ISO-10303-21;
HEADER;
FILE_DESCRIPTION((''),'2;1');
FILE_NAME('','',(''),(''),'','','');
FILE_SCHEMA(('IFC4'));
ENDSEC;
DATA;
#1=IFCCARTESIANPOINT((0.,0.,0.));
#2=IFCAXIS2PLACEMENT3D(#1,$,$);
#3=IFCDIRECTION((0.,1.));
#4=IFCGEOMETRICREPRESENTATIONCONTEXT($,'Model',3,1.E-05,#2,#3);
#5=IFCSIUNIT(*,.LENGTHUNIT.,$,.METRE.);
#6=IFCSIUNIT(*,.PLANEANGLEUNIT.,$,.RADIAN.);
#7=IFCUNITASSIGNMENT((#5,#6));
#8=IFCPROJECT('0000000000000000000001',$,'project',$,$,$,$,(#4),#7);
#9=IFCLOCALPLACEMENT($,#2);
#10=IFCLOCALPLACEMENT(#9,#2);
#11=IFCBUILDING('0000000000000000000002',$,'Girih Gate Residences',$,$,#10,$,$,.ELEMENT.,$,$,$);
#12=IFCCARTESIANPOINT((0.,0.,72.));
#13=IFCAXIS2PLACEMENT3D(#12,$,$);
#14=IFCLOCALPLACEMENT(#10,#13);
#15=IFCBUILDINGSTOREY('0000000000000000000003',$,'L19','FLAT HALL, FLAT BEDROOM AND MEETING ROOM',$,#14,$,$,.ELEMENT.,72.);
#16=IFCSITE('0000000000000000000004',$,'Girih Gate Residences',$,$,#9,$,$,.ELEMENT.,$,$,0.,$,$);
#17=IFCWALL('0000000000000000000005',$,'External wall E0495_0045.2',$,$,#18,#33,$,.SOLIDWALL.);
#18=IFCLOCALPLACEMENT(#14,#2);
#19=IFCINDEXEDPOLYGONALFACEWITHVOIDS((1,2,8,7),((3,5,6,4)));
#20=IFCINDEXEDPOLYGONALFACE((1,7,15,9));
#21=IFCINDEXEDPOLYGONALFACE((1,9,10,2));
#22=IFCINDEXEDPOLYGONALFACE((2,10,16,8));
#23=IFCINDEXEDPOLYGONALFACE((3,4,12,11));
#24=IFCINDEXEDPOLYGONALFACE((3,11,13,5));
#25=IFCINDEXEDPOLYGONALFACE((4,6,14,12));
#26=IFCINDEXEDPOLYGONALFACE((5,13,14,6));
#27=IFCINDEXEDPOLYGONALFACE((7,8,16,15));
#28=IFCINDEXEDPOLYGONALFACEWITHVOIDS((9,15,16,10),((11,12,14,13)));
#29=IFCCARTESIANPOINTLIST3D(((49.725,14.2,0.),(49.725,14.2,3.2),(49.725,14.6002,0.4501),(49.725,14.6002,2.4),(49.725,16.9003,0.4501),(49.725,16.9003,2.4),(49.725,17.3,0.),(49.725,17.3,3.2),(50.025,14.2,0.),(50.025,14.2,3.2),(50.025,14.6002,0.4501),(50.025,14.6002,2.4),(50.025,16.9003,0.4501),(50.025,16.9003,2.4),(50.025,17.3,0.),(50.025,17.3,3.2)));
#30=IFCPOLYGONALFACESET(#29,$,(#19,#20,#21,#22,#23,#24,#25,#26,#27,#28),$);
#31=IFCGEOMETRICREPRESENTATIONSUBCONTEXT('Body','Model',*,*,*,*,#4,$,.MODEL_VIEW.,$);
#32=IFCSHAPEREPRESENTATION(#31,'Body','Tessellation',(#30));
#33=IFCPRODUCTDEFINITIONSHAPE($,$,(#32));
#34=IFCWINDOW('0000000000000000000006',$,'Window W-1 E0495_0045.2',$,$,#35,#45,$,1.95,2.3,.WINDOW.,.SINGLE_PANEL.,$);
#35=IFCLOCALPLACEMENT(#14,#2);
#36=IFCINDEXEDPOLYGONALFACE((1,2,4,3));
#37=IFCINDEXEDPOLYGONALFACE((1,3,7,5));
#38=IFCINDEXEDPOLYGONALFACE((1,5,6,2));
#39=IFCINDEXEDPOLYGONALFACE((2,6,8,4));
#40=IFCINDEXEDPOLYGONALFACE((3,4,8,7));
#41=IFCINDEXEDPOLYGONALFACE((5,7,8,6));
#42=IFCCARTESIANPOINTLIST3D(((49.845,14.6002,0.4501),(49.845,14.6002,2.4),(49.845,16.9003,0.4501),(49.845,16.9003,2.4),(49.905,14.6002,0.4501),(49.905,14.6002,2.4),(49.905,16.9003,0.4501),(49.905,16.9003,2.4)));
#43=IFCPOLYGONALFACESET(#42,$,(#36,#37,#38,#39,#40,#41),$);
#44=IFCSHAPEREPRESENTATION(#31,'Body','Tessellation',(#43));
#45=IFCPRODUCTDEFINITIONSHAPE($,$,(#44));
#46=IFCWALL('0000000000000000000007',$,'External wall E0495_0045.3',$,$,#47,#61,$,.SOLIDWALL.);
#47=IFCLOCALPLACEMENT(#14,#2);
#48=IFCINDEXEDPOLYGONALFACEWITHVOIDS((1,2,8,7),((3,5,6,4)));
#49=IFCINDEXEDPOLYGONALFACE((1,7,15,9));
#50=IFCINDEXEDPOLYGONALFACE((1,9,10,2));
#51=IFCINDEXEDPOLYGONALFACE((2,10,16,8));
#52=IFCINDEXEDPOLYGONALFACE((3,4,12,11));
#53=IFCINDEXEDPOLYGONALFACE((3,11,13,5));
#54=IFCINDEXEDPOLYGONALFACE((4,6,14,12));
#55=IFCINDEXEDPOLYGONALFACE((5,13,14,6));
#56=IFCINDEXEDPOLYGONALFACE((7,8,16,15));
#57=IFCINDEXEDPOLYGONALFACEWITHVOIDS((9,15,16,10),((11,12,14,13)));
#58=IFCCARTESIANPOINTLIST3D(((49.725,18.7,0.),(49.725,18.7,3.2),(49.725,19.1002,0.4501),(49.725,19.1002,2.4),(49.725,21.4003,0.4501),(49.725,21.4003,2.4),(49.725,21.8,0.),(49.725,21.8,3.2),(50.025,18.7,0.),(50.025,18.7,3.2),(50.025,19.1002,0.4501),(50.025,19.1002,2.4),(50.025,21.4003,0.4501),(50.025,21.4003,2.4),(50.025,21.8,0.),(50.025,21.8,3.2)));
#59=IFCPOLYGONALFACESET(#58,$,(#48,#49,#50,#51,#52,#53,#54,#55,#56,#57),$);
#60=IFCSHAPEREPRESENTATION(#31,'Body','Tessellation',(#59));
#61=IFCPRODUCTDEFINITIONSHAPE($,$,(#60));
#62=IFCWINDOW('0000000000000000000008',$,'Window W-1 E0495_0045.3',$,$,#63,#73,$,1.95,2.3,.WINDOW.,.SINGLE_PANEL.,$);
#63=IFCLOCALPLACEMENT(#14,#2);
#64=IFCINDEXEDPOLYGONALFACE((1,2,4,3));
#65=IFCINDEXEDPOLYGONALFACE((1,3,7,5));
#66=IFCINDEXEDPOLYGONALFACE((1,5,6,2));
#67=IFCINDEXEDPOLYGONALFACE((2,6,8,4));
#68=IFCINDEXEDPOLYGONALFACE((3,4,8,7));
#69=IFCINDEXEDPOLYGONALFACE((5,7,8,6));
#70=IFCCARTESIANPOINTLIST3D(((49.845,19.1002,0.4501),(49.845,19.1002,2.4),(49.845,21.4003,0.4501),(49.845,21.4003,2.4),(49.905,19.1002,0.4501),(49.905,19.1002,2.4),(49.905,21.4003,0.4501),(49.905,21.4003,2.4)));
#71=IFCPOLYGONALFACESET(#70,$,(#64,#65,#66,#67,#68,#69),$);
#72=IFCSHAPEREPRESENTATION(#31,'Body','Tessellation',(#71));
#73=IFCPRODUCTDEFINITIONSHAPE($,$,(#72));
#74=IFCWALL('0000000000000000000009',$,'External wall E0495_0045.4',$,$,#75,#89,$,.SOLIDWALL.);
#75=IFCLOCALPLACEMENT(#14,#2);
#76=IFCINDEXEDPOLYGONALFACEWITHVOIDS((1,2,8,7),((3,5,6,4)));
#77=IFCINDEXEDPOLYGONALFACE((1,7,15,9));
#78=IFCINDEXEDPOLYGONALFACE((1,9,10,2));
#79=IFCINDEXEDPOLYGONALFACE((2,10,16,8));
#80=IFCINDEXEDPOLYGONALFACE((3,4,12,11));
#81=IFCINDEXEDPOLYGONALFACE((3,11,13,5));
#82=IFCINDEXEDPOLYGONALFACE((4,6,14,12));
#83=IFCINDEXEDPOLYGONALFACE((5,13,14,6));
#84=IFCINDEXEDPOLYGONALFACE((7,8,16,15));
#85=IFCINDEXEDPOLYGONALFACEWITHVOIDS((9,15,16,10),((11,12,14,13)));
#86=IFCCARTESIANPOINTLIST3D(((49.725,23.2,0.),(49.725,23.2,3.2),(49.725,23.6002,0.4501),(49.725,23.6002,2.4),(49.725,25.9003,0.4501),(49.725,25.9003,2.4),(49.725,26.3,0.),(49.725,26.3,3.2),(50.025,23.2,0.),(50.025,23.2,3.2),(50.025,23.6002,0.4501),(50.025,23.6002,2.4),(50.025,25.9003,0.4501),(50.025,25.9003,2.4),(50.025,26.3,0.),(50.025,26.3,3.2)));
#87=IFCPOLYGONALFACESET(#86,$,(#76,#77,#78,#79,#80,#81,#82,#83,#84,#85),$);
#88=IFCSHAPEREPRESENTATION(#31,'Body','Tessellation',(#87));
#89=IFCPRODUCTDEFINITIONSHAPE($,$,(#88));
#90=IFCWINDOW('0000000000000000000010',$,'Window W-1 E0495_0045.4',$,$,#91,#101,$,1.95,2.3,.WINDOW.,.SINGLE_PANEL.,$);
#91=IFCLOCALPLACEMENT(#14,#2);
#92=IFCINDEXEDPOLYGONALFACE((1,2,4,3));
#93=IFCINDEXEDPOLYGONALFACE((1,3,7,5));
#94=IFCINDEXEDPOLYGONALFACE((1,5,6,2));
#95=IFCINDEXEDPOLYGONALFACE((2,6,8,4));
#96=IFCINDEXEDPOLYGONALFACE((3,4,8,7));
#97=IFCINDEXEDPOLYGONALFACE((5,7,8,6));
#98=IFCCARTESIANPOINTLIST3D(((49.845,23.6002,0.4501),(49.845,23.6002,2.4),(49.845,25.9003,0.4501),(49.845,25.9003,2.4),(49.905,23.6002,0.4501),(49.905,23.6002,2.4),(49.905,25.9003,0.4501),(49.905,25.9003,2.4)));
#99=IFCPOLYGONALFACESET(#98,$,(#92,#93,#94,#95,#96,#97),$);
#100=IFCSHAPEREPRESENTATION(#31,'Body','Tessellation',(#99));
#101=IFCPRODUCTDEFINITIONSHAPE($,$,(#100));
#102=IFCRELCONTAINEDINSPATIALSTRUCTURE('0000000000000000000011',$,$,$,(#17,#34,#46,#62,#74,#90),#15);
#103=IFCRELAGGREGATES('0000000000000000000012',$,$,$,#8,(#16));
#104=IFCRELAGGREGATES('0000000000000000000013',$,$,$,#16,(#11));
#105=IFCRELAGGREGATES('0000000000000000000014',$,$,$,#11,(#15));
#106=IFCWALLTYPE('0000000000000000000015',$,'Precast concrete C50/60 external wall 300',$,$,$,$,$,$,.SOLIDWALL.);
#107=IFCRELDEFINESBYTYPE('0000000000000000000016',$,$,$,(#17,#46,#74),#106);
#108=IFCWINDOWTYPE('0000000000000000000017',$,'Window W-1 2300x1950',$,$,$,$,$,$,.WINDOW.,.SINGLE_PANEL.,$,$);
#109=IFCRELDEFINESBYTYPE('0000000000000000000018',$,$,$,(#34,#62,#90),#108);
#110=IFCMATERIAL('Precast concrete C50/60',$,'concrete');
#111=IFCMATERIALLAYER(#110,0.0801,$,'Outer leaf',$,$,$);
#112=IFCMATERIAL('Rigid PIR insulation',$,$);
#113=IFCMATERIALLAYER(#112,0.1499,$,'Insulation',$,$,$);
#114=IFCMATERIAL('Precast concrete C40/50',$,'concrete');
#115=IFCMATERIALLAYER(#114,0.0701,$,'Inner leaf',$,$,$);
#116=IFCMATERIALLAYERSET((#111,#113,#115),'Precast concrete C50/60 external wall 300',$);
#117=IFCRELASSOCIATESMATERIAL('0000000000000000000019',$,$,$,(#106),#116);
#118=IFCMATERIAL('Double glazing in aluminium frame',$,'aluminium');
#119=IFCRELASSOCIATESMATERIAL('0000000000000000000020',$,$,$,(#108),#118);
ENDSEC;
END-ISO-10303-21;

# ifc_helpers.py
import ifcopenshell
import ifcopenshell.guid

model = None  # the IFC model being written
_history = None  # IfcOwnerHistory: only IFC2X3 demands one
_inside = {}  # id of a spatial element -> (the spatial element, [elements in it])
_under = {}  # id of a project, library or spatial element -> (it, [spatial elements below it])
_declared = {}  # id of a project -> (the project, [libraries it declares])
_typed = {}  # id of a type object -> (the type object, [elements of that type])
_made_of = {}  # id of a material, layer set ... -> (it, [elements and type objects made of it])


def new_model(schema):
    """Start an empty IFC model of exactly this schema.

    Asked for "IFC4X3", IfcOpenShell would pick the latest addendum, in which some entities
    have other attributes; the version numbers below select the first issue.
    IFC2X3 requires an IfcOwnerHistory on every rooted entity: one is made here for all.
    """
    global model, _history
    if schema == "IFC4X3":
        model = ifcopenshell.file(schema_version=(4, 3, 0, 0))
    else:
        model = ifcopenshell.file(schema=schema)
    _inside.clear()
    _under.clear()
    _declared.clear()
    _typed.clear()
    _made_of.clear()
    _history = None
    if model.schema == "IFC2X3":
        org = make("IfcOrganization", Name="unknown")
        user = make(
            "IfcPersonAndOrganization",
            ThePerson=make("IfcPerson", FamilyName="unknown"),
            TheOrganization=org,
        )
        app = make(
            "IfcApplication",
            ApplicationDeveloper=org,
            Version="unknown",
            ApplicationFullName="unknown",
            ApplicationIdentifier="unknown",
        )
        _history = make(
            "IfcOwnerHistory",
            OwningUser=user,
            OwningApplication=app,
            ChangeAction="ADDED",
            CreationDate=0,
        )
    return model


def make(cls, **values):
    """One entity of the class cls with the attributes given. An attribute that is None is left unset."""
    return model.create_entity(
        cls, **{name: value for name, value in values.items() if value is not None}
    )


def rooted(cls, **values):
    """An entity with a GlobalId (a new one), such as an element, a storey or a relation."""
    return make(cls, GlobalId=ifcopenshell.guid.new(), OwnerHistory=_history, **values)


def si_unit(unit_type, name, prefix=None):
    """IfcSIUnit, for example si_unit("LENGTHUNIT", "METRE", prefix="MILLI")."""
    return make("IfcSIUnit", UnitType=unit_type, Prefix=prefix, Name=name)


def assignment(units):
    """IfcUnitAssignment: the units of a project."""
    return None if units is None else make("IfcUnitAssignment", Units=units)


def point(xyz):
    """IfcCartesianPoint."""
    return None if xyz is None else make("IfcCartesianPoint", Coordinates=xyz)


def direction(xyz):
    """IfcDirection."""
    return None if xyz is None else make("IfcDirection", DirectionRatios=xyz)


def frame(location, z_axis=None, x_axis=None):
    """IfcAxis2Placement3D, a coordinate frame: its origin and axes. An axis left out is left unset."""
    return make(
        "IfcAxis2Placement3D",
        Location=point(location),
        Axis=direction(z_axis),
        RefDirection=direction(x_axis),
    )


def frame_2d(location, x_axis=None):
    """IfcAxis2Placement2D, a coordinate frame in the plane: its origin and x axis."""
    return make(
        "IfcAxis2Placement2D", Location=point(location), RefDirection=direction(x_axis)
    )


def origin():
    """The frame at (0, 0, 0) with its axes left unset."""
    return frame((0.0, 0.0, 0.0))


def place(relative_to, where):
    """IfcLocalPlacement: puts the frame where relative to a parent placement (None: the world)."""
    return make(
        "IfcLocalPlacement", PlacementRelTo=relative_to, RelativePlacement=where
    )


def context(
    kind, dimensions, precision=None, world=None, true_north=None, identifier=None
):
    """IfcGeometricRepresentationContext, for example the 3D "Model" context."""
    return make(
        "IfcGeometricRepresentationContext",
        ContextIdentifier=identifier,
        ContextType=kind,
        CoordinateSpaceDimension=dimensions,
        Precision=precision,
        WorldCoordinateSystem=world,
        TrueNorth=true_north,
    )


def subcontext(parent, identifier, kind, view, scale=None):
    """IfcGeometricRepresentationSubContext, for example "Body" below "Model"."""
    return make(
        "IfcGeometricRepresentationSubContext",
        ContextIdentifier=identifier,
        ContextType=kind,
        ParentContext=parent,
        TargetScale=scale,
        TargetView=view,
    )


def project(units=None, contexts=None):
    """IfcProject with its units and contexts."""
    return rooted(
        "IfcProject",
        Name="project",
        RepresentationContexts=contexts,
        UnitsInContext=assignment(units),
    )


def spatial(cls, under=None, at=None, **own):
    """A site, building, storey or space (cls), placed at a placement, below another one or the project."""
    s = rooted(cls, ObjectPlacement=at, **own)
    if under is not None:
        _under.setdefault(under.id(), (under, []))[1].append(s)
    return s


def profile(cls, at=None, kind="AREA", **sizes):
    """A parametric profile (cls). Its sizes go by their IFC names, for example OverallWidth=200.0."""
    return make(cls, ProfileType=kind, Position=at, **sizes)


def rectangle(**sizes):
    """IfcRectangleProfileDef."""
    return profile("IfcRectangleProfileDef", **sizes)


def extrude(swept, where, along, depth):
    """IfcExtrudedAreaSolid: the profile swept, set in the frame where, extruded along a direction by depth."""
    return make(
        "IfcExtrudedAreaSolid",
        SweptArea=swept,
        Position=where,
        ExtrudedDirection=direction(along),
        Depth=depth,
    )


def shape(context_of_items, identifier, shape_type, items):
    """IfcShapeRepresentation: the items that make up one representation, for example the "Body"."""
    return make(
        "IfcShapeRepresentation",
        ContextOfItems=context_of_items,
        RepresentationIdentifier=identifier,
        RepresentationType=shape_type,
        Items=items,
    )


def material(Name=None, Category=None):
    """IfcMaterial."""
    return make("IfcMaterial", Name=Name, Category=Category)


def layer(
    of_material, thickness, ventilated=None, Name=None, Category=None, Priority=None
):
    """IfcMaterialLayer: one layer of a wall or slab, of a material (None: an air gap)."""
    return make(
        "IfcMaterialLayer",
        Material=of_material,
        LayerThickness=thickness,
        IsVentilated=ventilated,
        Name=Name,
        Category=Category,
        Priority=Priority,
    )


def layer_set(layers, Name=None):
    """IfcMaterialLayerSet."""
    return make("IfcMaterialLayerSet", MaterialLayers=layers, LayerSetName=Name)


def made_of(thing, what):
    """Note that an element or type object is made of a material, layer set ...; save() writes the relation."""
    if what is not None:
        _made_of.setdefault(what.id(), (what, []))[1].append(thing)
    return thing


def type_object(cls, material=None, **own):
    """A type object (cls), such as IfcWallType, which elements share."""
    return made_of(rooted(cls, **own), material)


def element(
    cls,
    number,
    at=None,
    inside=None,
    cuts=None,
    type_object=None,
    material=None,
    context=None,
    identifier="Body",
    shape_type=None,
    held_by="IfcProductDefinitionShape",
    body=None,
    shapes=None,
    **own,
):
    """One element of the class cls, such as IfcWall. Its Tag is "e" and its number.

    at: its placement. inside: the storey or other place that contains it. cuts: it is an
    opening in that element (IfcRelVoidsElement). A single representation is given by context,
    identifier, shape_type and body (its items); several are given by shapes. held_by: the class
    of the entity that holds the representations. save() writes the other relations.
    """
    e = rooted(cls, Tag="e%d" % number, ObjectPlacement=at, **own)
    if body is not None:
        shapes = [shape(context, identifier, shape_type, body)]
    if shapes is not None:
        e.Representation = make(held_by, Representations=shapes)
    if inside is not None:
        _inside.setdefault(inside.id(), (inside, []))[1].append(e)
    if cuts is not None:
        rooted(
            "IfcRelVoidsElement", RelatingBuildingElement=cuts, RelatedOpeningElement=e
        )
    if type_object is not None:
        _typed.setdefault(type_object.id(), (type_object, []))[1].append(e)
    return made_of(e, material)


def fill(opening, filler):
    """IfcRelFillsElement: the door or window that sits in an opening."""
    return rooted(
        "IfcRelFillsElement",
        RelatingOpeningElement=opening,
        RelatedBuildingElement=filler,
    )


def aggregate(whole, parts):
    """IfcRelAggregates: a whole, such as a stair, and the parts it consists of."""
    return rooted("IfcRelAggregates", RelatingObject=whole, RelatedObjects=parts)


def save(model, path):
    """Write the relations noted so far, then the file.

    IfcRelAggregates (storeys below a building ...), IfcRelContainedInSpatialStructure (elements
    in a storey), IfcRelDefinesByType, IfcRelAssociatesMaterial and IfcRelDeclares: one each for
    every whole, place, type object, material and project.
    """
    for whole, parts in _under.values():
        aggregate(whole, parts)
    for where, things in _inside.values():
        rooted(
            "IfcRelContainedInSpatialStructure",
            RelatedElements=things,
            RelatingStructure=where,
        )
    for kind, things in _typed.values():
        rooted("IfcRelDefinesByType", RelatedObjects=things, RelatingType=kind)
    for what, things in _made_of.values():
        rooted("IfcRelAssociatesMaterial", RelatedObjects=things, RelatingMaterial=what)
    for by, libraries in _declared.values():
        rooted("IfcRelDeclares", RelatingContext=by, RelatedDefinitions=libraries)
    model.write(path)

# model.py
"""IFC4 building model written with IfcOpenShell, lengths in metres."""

from ifc_helpers import new_model, si_unit, direction, frame, frame_2d, origin, place, context, subcontext, project, spatial, rectangle, extrude, material, layer, layer_set, type_object, element, fill, save


model = new_model("IFC4")

# Units and contexts
model_context = context("Model", 3, precision=1e-05, world=origin(), true_north=direction((0.0, 1.0)))
body_context = subcontext(model_context, "Body", "Model", "MODEL_VIEW")
ifc_project = project(units=[si_unit("LENGTHUNIT", "METRE"), si_unit("PLANEANGLEUNIT", "RADIAN")], contexts=[model_context])

# Site, building, storey
site_placement = place(None, origin())
site = spatial("IfcSite", under=ifc_project, at=site_placement, Name="Girih Gate Residences", CompositionType="ELEMENT", RefElevation=0.0)
building_placement = place(site_placement, origin())
building = spatial("IfcBuilding", under=site, at=building_placement, Name="Girih Gate Residences", CompositionType="ELEMENT")
storey_placement = place(building_placement, frame((0.0, 0.0, 72.0)))
storey = spatial("IfcBuildingStorey", under=building, at=storey_placement, Name="L19", Description="FLAT HALL, FLAT BEDROOM AND MEETING ROOM", CompositionType="ELEMENT", Elevation=72.0)

# Walls, openings, windows
ifc_material_1 = material(Name="Precast concrete C50/60", Category="concrete")
ifc_layer_1 = layer(ifc_material_1, 0.0801, Name="Outer leaf")
ifc_material_2 = material(Name="Rigid PIR insulation")
ifc_layer_2 = layer(ifc_material_2, 0.1499, Name="Insulation")
ifc_material_3 = material(Name="Precast concrete C40/50", Category="concrete")
ifc_layer_3 = layer(ifc_material_3, 0.0701, Name="Inner leaf")
ifc_layer_set_1 = layer_set([ifc_layer_1, ifc_layer_2, ifc_layer_3], Name="Precast concrete C50/60 external wall 300")
wall_type_1 = type_object("IfcWallType", Name="Precast concrete C50/60 external wall 300", PredefinedType="SOLIDWALL", material=ifc_layer_set_1)
wall_1_placement = place(storey_placement, frame((49.875, 17.3, 0.0), z_axis=(0.0, 0.0, 1.0), x_axis=(0.0, -1.0, 0.0)))
wall_1 = element("IfcWall", 1, at=wall_1_placement, inside=storey, type_object=wall_type_1, Name="External wall E0495_0045.2", PredefinedType="SOLIDWALL", context=body_context, shape_type="SweptSolid", body=[
    extrude(rectangle(XDim=3.1001, YDim=0.3, at=frame_2d((1.55, 0.0))), origin(), (0.0, 0.0, 1.0), 3.2),
])
opening_1_placement = place(wall_1_placement, frame((0.3999, 0.0, 0.45)))
opening_1 = element("IfcOpeningElement", 2, at=opening_1_placement, cuts=wall_1, PredefinedType="OPENING", context=body_context, shape_type="SweptSolid", body=[
    extrude(rectangle(XDim=2.3, YDim=1.95, at=frame_2d((1.1499, 0.9751))), frame((0.0, 0.1599, 0.0), z_axis=(0.0, -1.0, 0.0), x_axis=(1.0, 0.0, 0.0)), (0.0, 0.0, 1.0), 0.3201),
])
ifc_material_4 = material(Name="Double glazing in aluminium frame", Category="aluminium")
window_type = type_object("IfcWindowType", Name="Window W-1 2300x1950", PartitioningType="SINGLE_PANEL", PredefinedType="WINDOW", material=ifc_material_4)
window_1_placement = place(opening_1_placement, origin())
window_1 = element("IfcWindow", 3, at=window_1_placement, inside=storey, type_object=window_type, Name="Window W-1 E0495_0045.2", OverallHeight=1.95, OverallWidth=2.3, PartitioningType="SINGLE_PANEL", PredefinedType="WINDOW", context=body_context, shape_type="SweptSolid", body=[
    extrude(rectangle(XDim=2.3, YDim=1.95, at=frame_2d((1.1499, 0.9751))), frame((0.0, 0.03, 0.0), z_axis=(0.0, -1.0, 0.0), x_axis=(1.0, 0.0, 0.0)), (0.0, 0.0, 1.0), 0.0601),
])
fill(opening_1, window_1)
wall_2_placement = place(storey_placement, frame((49.875, 21.8, 0.0), z_axis=(0.0, 0.0, 1.0), x_axis=(0.0, -1.0, 0.0)))
wall_2 = element("IfcWall", 4, at=wall_2_placement, inside=storey, type_object=wall_type_1, Name="External wall E0495_0045.3", PredefinedType="SOLIDWALL", context=body_context, shape_type="SweptSolid", body=[
    extrude(rectangle(XDim=3.1001, YDim=0.3, at=frame_2d((1.55, 0.0))), origin(), (0.0, 0.0, 1.0), 3.2),
])
opening_2_placement = place(wall_2_placement, frame((0.3999, 0.0, 0.45)))
opening_2 = element("IfcOpeningElement", 5, at=opening_2_placement, cuts=wall_2, PredefinedType="OPENING", context=body_context, shape_type="SweptSolid", body=[
    extrude(rectangle(XDim=2.3, YDim=1.95, at=frame_2d((1.1499, 0.9751))), frame((0.0, 0.1599, 0.0), z_axis=(0.0, -1.0, 0.0), x_axis=(1.0, 0.0, 0.0)), (0.0, 0.0, 1.0), 0.3201),
])
window_2_placement = place(opening_2_placement, origin())
window_2 = element("IfcWindow", 6, at=window_2_placement, inside=storey, type_object=window_type, Name="Window W-1 E0495_0045.3", OverallHeight=1.95, OverallWidth=2.3, PartitioningType="SINGLE_PANEL", PredefinedType="WINDOW", context=body_context, shape_type="SweptSolid", body=[
    extrude(rectangle(XDim=2.3, YDim=1.95, at=frame_2d((1.1499, 0.9751))), frame((0.0, 0.03, 0.0), z_axis=(0.0, -1.0, 0.0), x_axis=(1.0, 0.0, 0.0)), (0.0, 0.0, 1.0), 0.0601),
])
fill(opening_2, window_2)
wall_3_placement = place(storey_placement, frame((49.875, 26.3, 0.0), z_axis=(0.0, 0.0, 1.0), x_axis=(0.0, -1.0, 0.0)))
wall_3 = element("IfcWall", 7, at=wall_3_placement, inside=storey, type_object=wall_type_1, Name="External wall E0495_0045.4", PredefinedType="SOLIDWALL", context=body_context, shape_type="SweptSolid", body=[
    extrude(rectangle(XDim=3.1001, YDim=0.3, at=frame_2d((1.55, 0.0))), origin(), (0.0, 0.0, 1.0), 3.2),
])
opening_3_placement = place(wall_3_placement, frame((0.3999, 0.0, 0.45)))
opening_3 = element("IfcOpeningElement", 8, at=opening_3_placement, cuts=wall_3, PredefinedType="OPENING", context=body_context, shape_type="SweptSolid", body=[
    extrude(rectangle(XDim=2.3, YDim=1.95, at=frame_2d((1.1499, 0.9751))), frame((0.0, 0.1599, 0.0), z_axis=(0.0, -1.0, 0.0), x_axis=(1.0, 0.0, 0.0)), (0.0, 0.0, 1.0), 0.3201),
])
window_3_placement = place(opening_3_placement, origin())
window_3 = element("IfcWindow", 9, at=window_3_placement, inside=storey, type_object=window_type, Name="Window W-1 E0495_0045.4", OverallHeight=1.95, OverallWidth=2.3, PartitioningType="SINGLE_PANEL", PredefinedType="WINDOW", context=body_context, shape_type="SweptSolid", body=[
    extrude(rectangle(XDim=2.3, YDim=1.95, at=frame_2d((1.1499, 0.9751))), frame((0.0, 0.03, 0.0), z_axis=(0.0, -1.0, 0.0), x_axis=(1.0, 0.0, 0.0)), (0.0, 0.0, 1.0), 0.0601),
])
fill(opening_3, window_3)

save(model, "model.ifc")
